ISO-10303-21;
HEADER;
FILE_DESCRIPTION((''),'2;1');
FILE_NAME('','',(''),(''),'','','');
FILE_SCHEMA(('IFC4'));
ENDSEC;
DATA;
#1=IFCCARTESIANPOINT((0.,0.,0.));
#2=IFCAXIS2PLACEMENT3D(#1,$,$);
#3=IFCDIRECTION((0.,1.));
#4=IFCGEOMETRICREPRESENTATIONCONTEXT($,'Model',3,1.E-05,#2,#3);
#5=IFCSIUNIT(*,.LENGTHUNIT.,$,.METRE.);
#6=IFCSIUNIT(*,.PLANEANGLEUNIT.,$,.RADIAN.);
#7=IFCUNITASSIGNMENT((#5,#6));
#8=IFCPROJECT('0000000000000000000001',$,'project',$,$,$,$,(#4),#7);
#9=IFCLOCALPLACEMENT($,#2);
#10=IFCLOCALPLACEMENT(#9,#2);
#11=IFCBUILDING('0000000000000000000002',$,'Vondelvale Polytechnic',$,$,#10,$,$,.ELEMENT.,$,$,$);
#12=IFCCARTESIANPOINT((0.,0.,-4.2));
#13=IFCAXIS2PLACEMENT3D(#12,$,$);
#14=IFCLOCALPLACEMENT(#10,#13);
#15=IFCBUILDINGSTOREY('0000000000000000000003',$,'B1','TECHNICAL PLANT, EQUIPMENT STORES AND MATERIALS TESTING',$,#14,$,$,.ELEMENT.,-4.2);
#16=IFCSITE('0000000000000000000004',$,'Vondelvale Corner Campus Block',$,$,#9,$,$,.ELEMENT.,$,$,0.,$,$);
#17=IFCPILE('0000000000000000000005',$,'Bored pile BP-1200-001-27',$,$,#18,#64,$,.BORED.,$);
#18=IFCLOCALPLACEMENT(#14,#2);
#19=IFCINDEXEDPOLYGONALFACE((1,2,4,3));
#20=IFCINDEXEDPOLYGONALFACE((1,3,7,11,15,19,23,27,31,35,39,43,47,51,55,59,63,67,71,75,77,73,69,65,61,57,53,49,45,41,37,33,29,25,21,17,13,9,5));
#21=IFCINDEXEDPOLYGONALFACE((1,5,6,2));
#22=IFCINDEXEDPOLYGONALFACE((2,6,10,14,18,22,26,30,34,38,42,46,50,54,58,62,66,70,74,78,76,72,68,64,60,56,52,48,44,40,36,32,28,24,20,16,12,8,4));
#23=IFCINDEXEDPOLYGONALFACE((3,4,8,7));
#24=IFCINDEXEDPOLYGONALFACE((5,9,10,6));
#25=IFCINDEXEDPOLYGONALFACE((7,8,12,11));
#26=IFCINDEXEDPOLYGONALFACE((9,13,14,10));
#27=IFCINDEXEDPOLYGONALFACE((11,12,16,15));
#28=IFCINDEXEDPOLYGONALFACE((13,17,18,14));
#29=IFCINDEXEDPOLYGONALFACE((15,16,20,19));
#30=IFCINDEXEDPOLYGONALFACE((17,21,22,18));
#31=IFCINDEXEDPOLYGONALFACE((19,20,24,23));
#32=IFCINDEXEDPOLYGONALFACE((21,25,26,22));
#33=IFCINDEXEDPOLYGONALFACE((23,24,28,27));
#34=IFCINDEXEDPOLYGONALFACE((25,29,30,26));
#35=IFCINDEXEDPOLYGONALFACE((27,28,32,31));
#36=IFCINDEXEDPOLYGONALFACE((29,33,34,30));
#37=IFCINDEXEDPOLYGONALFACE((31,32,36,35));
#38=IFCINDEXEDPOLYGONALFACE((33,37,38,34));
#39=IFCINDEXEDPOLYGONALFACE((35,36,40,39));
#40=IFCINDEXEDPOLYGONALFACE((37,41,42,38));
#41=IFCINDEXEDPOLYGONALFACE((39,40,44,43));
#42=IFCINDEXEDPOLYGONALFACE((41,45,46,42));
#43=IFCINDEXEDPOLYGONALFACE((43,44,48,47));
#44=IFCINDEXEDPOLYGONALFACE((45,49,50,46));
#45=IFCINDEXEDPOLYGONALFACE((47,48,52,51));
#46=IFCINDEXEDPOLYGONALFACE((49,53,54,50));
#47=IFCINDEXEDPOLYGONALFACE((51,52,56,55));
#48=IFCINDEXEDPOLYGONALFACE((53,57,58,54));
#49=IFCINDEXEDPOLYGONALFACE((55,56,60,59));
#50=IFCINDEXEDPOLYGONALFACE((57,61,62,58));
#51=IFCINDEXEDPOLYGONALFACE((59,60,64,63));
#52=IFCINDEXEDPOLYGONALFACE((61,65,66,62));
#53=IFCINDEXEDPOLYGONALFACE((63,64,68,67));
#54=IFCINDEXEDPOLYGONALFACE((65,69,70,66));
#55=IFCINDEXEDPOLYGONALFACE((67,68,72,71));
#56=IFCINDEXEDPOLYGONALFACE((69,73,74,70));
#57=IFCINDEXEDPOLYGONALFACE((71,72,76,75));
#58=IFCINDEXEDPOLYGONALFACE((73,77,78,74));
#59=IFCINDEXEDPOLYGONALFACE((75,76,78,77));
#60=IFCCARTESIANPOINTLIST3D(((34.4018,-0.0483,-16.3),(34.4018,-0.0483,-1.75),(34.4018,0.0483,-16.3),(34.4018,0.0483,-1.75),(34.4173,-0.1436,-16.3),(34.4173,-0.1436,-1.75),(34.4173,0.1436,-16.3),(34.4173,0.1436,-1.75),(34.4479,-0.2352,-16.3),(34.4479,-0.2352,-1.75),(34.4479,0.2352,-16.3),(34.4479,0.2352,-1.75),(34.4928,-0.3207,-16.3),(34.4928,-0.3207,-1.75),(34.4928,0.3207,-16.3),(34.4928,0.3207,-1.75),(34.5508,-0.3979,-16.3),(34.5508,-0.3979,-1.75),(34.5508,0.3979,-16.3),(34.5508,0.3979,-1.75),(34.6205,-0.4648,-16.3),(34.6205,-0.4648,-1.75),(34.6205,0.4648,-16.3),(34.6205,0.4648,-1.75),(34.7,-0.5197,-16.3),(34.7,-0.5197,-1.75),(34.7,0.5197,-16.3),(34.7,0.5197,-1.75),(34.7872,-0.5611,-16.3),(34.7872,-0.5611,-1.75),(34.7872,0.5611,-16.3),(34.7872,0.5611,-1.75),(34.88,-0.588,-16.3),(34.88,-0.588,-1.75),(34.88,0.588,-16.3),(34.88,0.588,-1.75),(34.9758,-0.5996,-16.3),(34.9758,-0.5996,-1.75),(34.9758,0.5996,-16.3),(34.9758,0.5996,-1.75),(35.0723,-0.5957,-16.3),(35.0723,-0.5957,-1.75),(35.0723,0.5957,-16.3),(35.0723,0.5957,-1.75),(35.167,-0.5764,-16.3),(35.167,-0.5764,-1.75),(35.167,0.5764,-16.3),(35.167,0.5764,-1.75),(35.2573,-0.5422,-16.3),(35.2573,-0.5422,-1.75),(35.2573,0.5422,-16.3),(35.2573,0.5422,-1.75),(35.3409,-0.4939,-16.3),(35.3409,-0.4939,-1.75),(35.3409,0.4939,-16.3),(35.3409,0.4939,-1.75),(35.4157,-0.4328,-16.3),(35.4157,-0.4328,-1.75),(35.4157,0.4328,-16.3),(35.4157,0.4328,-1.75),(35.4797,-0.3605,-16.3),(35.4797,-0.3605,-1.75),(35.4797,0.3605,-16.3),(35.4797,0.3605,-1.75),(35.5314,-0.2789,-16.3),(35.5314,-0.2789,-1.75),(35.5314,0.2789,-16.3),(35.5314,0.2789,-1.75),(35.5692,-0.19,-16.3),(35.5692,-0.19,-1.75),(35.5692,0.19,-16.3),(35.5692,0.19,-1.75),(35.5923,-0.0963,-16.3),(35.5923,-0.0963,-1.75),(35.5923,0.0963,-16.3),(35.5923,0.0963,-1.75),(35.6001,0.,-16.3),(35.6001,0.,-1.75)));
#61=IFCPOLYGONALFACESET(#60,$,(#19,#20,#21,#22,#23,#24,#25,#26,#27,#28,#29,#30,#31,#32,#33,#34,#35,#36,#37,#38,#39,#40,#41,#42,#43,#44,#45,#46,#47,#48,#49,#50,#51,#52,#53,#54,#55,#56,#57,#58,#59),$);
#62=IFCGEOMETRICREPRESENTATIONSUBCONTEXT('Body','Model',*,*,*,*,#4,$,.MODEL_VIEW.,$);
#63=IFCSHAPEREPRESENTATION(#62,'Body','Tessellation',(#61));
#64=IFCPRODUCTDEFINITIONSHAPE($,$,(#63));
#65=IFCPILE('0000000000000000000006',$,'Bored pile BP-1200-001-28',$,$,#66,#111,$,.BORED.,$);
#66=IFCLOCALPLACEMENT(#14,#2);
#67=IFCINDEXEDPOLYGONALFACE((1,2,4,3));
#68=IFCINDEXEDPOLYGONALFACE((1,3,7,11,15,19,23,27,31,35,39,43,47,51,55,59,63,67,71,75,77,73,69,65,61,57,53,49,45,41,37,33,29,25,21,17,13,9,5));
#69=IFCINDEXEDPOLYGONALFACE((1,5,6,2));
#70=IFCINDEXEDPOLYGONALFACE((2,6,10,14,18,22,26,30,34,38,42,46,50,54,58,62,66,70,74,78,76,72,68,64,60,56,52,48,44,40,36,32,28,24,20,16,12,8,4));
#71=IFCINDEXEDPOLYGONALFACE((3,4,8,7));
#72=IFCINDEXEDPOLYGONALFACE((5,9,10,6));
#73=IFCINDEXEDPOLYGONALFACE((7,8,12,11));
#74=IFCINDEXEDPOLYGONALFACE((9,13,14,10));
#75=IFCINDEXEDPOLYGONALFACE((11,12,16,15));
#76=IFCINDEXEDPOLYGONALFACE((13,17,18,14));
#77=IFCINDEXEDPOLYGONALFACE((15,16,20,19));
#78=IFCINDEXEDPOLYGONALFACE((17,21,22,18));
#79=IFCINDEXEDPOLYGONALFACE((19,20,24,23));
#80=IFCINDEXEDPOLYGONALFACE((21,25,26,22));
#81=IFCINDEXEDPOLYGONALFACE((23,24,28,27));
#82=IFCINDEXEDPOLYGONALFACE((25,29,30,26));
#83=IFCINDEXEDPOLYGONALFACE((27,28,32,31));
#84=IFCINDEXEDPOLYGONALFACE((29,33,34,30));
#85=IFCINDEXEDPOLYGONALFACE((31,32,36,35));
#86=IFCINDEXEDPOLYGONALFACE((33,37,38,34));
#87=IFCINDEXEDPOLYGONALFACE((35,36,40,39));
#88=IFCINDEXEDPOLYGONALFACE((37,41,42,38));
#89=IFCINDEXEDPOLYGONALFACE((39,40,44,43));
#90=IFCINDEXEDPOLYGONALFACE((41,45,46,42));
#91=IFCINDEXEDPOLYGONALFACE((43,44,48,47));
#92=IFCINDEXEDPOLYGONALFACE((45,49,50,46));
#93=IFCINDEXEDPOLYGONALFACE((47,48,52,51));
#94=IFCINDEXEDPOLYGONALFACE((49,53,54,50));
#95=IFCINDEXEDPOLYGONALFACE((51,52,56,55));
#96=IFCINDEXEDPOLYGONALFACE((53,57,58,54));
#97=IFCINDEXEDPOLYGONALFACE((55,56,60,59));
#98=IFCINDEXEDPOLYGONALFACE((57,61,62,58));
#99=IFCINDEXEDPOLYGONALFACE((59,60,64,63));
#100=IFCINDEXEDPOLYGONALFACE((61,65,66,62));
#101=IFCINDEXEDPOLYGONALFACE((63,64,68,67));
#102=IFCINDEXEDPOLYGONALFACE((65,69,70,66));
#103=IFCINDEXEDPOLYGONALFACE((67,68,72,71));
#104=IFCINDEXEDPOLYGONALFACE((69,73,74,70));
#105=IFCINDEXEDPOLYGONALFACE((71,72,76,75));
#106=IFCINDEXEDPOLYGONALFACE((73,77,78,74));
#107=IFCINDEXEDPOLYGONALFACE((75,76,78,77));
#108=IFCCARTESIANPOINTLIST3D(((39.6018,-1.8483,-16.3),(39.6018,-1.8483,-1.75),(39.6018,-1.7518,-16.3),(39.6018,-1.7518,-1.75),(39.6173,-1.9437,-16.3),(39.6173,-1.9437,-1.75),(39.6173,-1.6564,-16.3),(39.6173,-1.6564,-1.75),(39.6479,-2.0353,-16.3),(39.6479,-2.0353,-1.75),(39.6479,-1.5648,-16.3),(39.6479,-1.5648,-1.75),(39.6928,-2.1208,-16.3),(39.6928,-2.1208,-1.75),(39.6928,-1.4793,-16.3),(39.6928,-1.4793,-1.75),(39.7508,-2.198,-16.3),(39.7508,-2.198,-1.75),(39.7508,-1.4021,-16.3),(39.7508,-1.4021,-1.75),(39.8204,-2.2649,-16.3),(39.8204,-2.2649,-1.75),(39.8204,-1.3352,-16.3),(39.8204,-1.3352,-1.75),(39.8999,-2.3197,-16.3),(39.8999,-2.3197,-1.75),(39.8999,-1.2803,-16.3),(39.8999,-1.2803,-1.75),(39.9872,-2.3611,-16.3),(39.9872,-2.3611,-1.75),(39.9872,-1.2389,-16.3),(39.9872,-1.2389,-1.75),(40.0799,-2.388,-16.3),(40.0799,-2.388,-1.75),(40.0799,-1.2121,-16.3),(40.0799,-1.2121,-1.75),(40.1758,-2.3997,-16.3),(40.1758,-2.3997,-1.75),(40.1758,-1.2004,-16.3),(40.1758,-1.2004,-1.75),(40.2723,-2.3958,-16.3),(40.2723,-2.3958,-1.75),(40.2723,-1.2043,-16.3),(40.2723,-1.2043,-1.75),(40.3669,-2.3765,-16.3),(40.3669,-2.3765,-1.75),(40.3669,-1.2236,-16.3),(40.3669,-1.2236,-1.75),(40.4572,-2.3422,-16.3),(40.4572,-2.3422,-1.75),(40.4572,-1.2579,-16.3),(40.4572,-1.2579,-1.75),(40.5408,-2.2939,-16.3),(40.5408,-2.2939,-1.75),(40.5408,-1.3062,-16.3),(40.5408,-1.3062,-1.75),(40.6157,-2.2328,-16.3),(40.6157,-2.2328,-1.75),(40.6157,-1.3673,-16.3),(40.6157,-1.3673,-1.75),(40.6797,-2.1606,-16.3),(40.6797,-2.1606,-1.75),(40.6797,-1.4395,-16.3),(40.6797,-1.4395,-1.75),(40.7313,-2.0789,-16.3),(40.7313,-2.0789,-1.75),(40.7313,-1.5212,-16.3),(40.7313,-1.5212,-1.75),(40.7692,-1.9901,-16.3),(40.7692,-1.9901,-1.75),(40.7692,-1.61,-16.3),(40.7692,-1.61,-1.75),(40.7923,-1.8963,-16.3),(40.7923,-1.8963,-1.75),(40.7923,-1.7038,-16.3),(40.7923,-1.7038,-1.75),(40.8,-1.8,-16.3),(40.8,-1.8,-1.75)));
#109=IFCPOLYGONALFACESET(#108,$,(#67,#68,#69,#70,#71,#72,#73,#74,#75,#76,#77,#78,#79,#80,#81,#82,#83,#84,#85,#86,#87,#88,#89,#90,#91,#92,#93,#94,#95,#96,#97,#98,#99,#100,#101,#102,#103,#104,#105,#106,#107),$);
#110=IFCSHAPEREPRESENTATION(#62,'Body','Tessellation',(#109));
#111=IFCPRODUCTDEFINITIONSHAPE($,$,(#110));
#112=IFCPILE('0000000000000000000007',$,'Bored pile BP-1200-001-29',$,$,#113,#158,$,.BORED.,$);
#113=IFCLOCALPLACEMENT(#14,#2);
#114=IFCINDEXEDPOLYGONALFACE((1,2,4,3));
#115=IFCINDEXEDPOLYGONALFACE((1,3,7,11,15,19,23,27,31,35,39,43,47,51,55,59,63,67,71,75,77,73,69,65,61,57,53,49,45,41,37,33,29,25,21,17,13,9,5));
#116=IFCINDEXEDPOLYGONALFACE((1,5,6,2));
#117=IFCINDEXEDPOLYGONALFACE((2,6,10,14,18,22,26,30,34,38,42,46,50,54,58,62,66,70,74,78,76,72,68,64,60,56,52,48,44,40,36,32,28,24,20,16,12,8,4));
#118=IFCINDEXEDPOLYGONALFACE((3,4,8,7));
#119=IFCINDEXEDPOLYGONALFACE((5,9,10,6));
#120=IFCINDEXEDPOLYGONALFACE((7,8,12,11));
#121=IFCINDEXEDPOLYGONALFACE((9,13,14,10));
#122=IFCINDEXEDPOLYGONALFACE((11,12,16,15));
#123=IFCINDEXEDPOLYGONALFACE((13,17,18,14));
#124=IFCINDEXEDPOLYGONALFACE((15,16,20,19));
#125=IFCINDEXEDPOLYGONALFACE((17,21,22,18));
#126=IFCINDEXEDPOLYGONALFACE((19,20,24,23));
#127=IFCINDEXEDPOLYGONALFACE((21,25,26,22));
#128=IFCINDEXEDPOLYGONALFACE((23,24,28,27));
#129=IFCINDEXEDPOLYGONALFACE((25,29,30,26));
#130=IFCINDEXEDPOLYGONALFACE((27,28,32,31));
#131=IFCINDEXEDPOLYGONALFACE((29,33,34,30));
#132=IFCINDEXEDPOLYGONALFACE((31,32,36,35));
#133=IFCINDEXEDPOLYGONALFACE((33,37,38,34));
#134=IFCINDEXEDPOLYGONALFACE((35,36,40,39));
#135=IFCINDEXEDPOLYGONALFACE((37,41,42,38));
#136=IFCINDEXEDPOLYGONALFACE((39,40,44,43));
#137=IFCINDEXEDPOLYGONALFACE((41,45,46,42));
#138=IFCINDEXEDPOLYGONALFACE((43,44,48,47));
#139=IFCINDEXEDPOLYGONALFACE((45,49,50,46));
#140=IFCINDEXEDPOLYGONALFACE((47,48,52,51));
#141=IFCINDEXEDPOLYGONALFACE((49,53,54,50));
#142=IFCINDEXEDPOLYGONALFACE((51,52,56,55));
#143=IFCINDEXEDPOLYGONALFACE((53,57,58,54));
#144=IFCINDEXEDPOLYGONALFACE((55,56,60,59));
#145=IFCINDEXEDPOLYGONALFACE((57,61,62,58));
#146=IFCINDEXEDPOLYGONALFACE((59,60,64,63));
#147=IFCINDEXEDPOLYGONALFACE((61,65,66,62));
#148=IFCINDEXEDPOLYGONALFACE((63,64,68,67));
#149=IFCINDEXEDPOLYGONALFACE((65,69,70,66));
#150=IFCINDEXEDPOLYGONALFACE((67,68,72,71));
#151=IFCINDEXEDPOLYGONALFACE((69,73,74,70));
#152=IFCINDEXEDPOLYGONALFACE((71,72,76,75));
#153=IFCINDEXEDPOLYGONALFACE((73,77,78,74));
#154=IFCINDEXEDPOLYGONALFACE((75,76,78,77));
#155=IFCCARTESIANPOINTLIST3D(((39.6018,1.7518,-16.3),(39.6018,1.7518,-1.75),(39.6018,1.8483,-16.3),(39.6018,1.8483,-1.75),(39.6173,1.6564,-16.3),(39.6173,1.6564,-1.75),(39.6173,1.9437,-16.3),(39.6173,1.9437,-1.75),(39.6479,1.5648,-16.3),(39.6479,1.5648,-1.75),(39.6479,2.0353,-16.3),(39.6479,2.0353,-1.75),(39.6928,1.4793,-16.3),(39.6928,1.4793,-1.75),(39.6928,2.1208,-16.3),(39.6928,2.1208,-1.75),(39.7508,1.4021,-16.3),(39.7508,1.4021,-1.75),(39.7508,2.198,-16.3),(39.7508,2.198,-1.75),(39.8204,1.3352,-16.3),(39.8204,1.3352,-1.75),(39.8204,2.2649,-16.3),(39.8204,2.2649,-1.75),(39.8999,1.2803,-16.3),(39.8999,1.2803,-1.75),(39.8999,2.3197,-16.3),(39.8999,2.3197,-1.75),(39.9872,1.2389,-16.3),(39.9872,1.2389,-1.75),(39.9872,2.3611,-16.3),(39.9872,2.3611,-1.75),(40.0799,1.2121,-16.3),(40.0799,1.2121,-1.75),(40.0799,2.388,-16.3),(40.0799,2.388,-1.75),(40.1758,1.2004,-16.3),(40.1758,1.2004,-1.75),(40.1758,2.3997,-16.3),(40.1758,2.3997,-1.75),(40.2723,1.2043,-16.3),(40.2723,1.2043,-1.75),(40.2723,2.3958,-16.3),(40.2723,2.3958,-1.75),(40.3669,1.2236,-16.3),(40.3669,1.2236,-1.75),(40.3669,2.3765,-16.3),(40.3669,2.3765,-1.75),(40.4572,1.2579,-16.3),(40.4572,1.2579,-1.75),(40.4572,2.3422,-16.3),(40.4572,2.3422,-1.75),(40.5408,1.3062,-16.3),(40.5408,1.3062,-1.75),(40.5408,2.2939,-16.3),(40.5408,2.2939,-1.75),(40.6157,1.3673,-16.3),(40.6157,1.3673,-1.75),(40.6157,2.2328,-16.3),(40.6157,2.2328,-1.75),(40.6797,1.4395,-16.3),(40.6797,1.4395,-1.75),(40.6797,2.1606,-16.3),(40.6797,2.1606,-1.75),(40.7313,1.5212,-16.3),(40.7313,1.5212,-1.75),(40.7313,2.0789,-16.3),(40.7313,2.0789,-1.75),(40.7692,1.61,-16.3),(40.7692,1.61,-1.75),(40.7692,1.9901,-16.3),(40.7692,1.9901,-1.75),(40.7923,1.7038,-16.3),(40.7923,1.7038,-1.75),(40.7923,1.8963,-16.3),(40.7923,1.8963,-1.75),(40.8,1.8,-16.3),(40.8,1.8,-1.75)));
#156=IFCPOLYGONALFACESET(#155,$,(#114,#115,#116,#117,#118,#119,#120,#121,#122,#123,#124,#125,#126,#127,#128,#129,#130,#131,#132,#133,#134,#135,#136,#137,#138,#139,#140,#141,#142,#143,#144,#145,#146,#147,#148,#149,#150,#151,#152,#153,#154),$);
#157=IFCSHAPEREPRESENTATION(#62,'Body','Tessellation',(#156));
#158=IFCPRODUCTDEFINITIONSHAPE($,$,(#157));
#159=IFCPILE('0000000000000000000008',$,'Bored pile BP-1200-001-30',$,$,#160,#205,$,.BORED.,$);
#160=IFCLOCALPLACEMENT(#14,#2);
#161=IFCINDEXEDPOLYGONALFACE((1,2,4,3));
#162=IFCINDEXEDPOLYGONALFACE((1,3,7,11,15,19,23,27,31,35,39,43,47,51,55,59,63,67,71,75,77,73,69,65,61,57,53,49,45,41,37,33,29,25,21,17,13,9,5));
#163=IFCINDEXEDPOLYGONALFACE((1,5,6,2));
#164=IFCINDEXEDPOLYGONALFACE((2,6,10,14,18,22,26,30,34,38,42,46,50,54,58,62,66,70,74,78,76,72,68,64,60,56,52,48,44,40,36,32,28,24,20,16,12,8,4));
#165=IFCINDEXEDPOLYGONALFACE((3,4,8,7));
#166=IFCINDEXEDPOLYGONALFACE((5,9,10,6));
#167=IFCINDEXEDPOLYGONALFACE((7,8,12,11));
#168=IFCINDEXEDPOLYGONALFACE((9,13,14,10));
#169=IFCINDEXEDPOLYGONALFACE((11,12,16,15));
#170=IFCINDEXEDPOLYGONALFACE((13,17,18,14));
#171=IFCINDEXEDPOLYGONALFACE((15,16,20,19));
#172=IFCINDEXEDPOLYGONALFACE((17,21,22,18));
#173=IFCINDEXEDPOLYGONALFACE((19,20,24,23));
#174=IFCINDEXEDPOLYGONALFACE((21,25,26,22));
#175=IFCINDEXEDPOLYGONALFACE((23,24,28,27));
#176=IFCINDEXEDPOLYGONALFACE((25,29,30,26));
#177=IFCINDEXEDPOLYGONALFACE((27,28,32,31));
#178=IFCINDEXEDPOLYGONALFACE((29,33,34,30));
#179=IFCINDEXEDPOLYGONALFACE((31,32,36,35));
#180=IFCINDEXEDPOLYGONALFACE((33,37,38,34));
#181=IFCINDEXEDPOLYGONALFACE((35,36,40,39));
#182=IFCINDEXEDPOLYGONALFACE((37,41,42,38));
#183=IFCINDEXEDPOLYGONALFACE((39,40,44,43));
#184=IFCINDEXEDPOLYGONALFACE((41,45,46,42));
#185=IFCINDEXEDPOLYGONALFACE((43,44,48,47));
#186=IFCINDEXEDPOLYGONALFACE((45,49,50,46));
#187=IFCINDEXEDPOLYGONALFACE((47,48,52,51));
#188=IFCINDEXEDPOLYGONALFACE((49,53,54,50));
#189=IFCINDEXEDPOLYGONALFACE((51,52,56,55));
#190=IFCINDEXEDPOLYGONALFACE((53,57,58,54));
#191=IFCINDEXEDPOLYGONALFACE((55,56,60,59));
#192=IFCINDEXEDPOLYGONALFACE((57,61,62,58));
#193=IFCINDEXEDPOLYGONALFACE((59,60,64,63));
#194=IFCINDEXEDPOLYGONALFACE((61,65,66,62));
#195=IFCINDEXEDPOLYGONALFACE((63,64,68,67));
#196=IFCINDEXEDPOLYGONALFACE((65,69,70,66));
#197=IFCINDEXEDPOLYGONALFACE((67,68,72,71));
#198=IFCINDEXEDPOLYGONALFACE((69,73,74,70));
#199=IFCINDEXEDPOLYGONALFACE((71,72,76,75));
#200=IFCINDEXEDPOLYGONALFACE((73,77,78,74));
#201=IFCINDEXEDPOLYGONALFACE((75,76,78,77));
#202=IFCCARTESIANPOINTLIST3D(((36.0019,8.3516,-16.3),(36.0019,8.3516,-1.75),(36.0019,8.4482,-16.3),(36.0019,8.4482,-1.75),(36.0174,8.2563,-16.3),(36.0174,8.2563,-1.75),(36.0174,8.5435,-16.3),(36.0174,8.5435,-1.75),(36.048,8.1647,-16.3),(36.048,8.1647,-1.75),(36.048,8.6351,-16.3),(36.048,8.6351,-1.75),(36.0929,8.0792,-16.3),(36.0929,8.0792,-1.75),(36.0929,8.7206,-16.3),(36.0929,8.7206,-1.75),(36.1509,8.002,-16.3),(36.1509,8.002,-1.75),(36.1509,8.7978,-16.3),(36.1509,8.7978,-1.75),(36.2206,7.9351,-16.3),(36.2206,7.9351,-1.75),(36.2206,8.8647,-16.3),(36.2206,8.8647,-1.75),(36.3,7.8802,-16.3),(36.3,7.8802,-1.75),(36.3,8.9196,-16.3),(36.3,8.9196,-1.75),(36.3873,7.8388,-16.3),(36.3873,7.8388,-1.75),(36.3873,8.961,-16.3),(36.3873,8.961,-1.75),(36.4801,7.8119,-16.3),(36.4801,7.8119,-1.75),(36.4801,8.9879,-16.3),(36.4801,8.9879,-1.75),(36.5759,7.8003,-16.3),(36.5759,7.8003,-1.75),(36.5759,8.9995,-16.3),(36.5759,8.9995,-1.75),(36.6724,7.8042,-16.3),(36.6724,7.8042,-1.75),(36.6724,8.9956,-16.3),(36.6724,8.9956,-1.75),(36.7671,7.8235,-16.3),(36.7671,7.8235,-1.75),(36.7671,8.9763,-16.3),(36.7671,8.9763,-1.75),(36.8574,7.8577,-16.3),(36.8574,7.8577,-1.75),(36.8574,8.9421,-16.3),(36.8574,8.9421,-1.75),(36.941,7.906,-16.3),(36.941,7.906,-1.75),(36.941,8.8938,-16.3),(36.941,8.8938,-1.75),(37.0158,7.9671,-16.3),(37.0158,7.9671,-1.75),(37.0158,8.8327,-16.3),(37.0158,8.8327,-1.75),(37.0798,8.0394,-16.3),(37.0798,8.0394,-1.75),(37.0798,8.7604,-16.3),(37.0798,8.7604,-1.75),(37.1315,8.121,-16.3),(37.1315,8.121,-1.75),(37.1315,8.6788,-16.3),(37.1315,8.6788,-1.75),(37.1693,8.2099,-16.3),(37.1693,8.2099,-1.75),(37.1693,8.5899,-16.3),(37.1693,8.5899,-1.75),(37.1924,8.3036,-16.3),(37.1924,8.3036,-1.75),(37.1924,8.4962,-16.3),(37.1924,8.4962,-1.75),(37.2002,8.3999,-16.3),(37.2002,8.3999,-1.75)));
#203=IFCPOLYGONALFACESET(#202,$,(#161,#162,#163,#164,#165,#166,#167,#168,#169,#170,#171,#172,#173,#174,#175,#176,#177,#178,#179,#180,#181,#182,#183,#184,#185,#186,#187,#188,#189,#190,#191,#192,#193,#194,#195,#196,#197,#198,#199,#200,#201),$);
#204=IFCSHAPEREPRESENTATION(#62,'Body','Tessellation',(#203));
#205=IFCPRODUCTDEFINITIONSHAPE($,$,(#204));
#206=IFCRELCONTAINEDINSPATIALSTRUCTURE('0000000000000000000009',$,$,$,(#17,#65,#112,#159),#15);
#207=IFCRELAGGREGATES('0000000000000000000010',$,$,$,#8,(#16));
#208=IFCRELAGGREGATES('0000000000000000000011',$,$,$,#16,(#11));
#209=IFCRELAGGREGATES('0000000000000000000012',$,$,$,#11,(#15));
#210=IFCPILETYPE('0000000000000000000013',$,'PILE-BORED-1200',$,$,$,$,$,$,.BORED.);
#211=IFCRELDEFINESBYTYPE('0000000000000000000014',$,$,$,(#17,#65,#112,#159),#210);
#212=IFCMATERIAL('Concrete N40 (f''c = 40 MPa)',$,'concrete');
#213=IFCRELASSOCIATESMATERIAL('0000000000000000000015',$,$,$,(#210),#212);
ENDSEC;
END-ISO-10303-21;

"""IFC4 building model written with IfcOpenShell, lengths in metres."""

from ifc_helpers import new_model, si_unit, direction, frame, origin, origin_2d, place, context, subcontext, project, spatial, circle, extrude, material, material_profile, profile_set, type_object, element, save


model = new_model("IFC4")

# Units and contexts
model_context = context("Model", 3, precision=1e-05, world=origin(), true_north=direction((0.0, 1.0)))
body_context = subcontext(model_context, "Body", "Model", "MODEL_VIEW")
ifc_project = project(units=[si_unit("LENGTHUNIT", "METRE"), si_unit("PLANEANGLEUNIT", "RADIAN")], contexts=[model_context])

# Site, building, storey
site_placement = place(None, origin())
site = spatial("IfcSite", under=ifc_project, at=site_placement, Name="Vondelvale Corner Campus Block", CompositionType="ELEMENT", RefElevation=0.0)
building_placement = place(site_placement, origin())
building = spatial("IfcBuilding", under=site, at=building_placement, Name="Vondelvale Polytechnic", CompositionType="ELEMENT")
storey_placement = place(building_placement, frame((0.0, 0.0, -4.2)))
storey = spatial("IfcBuildingStorey", under=building, at=storey_placement, Name="B1", Description="TECHNICAL PLANT, EQUIPMENT STORES AND MATERIALS TESTING", CompositionType="ELEMENT", Elevation=-4.2)

# Piles
ifc_material_1 = material(Name="Concrete N40 (f'c = 40 MPa)", Category="concrete")
ifc_material_profile_1 = material_profile(ifc_material_1, circle(Radius=0.6001, at=origin_2d()), Name="PILE-D1200")
ifc_profile_set_1 = profile_set([ifc_material_profile_1], Name="Concrete N40 (f'c = 40 MPa)")
pile_type = type_object("IfcPileType", Name="PILE-BORED-1200", PredefinedType="BORED", material=ifc_profile_set_1)
for number, where, z_axis, x_axis, name in (
    (1, (35.0, 0.0, -1.75), (0.0, 0.0, -1.0), (1.0, 0.0, 0.0), "Bored pile BP-1200-001-27"),
    (2, (40.2, -1.8, -1.75), (0.0, 0.0, -1.0), (1.0, 0.0, 0.0), "Bored pile BP-1200-001-28"),
    (3, (40.2, 1.8, -1.75), (0.0, 0.0, -1.0), (1.0, 0.0, 0.0), "Bored pile BP-1200-001-29"),
    (4, (36.6001, 8.3999, -1.75), (0.0, 0.0, -1.0), (1.0, 0.0, 0.0), "Bored pile BP-1200-001-30"),
):
    element("IfcPile", number, at=place(storey_placement, frame(where, z_axis=z_axis, x_axis=x_axis)), inside=storey, type_object=pile_type, Name=name, PredefinedType="BORED", context=body_context, shape_type="SweptSolid", body=[
        extrude(circle(Radius=0.6001, at=origin_2d()), origin(), (0.0, 0.0, 1.0), 14.55),
    ])

save(model, "model.ifc")
